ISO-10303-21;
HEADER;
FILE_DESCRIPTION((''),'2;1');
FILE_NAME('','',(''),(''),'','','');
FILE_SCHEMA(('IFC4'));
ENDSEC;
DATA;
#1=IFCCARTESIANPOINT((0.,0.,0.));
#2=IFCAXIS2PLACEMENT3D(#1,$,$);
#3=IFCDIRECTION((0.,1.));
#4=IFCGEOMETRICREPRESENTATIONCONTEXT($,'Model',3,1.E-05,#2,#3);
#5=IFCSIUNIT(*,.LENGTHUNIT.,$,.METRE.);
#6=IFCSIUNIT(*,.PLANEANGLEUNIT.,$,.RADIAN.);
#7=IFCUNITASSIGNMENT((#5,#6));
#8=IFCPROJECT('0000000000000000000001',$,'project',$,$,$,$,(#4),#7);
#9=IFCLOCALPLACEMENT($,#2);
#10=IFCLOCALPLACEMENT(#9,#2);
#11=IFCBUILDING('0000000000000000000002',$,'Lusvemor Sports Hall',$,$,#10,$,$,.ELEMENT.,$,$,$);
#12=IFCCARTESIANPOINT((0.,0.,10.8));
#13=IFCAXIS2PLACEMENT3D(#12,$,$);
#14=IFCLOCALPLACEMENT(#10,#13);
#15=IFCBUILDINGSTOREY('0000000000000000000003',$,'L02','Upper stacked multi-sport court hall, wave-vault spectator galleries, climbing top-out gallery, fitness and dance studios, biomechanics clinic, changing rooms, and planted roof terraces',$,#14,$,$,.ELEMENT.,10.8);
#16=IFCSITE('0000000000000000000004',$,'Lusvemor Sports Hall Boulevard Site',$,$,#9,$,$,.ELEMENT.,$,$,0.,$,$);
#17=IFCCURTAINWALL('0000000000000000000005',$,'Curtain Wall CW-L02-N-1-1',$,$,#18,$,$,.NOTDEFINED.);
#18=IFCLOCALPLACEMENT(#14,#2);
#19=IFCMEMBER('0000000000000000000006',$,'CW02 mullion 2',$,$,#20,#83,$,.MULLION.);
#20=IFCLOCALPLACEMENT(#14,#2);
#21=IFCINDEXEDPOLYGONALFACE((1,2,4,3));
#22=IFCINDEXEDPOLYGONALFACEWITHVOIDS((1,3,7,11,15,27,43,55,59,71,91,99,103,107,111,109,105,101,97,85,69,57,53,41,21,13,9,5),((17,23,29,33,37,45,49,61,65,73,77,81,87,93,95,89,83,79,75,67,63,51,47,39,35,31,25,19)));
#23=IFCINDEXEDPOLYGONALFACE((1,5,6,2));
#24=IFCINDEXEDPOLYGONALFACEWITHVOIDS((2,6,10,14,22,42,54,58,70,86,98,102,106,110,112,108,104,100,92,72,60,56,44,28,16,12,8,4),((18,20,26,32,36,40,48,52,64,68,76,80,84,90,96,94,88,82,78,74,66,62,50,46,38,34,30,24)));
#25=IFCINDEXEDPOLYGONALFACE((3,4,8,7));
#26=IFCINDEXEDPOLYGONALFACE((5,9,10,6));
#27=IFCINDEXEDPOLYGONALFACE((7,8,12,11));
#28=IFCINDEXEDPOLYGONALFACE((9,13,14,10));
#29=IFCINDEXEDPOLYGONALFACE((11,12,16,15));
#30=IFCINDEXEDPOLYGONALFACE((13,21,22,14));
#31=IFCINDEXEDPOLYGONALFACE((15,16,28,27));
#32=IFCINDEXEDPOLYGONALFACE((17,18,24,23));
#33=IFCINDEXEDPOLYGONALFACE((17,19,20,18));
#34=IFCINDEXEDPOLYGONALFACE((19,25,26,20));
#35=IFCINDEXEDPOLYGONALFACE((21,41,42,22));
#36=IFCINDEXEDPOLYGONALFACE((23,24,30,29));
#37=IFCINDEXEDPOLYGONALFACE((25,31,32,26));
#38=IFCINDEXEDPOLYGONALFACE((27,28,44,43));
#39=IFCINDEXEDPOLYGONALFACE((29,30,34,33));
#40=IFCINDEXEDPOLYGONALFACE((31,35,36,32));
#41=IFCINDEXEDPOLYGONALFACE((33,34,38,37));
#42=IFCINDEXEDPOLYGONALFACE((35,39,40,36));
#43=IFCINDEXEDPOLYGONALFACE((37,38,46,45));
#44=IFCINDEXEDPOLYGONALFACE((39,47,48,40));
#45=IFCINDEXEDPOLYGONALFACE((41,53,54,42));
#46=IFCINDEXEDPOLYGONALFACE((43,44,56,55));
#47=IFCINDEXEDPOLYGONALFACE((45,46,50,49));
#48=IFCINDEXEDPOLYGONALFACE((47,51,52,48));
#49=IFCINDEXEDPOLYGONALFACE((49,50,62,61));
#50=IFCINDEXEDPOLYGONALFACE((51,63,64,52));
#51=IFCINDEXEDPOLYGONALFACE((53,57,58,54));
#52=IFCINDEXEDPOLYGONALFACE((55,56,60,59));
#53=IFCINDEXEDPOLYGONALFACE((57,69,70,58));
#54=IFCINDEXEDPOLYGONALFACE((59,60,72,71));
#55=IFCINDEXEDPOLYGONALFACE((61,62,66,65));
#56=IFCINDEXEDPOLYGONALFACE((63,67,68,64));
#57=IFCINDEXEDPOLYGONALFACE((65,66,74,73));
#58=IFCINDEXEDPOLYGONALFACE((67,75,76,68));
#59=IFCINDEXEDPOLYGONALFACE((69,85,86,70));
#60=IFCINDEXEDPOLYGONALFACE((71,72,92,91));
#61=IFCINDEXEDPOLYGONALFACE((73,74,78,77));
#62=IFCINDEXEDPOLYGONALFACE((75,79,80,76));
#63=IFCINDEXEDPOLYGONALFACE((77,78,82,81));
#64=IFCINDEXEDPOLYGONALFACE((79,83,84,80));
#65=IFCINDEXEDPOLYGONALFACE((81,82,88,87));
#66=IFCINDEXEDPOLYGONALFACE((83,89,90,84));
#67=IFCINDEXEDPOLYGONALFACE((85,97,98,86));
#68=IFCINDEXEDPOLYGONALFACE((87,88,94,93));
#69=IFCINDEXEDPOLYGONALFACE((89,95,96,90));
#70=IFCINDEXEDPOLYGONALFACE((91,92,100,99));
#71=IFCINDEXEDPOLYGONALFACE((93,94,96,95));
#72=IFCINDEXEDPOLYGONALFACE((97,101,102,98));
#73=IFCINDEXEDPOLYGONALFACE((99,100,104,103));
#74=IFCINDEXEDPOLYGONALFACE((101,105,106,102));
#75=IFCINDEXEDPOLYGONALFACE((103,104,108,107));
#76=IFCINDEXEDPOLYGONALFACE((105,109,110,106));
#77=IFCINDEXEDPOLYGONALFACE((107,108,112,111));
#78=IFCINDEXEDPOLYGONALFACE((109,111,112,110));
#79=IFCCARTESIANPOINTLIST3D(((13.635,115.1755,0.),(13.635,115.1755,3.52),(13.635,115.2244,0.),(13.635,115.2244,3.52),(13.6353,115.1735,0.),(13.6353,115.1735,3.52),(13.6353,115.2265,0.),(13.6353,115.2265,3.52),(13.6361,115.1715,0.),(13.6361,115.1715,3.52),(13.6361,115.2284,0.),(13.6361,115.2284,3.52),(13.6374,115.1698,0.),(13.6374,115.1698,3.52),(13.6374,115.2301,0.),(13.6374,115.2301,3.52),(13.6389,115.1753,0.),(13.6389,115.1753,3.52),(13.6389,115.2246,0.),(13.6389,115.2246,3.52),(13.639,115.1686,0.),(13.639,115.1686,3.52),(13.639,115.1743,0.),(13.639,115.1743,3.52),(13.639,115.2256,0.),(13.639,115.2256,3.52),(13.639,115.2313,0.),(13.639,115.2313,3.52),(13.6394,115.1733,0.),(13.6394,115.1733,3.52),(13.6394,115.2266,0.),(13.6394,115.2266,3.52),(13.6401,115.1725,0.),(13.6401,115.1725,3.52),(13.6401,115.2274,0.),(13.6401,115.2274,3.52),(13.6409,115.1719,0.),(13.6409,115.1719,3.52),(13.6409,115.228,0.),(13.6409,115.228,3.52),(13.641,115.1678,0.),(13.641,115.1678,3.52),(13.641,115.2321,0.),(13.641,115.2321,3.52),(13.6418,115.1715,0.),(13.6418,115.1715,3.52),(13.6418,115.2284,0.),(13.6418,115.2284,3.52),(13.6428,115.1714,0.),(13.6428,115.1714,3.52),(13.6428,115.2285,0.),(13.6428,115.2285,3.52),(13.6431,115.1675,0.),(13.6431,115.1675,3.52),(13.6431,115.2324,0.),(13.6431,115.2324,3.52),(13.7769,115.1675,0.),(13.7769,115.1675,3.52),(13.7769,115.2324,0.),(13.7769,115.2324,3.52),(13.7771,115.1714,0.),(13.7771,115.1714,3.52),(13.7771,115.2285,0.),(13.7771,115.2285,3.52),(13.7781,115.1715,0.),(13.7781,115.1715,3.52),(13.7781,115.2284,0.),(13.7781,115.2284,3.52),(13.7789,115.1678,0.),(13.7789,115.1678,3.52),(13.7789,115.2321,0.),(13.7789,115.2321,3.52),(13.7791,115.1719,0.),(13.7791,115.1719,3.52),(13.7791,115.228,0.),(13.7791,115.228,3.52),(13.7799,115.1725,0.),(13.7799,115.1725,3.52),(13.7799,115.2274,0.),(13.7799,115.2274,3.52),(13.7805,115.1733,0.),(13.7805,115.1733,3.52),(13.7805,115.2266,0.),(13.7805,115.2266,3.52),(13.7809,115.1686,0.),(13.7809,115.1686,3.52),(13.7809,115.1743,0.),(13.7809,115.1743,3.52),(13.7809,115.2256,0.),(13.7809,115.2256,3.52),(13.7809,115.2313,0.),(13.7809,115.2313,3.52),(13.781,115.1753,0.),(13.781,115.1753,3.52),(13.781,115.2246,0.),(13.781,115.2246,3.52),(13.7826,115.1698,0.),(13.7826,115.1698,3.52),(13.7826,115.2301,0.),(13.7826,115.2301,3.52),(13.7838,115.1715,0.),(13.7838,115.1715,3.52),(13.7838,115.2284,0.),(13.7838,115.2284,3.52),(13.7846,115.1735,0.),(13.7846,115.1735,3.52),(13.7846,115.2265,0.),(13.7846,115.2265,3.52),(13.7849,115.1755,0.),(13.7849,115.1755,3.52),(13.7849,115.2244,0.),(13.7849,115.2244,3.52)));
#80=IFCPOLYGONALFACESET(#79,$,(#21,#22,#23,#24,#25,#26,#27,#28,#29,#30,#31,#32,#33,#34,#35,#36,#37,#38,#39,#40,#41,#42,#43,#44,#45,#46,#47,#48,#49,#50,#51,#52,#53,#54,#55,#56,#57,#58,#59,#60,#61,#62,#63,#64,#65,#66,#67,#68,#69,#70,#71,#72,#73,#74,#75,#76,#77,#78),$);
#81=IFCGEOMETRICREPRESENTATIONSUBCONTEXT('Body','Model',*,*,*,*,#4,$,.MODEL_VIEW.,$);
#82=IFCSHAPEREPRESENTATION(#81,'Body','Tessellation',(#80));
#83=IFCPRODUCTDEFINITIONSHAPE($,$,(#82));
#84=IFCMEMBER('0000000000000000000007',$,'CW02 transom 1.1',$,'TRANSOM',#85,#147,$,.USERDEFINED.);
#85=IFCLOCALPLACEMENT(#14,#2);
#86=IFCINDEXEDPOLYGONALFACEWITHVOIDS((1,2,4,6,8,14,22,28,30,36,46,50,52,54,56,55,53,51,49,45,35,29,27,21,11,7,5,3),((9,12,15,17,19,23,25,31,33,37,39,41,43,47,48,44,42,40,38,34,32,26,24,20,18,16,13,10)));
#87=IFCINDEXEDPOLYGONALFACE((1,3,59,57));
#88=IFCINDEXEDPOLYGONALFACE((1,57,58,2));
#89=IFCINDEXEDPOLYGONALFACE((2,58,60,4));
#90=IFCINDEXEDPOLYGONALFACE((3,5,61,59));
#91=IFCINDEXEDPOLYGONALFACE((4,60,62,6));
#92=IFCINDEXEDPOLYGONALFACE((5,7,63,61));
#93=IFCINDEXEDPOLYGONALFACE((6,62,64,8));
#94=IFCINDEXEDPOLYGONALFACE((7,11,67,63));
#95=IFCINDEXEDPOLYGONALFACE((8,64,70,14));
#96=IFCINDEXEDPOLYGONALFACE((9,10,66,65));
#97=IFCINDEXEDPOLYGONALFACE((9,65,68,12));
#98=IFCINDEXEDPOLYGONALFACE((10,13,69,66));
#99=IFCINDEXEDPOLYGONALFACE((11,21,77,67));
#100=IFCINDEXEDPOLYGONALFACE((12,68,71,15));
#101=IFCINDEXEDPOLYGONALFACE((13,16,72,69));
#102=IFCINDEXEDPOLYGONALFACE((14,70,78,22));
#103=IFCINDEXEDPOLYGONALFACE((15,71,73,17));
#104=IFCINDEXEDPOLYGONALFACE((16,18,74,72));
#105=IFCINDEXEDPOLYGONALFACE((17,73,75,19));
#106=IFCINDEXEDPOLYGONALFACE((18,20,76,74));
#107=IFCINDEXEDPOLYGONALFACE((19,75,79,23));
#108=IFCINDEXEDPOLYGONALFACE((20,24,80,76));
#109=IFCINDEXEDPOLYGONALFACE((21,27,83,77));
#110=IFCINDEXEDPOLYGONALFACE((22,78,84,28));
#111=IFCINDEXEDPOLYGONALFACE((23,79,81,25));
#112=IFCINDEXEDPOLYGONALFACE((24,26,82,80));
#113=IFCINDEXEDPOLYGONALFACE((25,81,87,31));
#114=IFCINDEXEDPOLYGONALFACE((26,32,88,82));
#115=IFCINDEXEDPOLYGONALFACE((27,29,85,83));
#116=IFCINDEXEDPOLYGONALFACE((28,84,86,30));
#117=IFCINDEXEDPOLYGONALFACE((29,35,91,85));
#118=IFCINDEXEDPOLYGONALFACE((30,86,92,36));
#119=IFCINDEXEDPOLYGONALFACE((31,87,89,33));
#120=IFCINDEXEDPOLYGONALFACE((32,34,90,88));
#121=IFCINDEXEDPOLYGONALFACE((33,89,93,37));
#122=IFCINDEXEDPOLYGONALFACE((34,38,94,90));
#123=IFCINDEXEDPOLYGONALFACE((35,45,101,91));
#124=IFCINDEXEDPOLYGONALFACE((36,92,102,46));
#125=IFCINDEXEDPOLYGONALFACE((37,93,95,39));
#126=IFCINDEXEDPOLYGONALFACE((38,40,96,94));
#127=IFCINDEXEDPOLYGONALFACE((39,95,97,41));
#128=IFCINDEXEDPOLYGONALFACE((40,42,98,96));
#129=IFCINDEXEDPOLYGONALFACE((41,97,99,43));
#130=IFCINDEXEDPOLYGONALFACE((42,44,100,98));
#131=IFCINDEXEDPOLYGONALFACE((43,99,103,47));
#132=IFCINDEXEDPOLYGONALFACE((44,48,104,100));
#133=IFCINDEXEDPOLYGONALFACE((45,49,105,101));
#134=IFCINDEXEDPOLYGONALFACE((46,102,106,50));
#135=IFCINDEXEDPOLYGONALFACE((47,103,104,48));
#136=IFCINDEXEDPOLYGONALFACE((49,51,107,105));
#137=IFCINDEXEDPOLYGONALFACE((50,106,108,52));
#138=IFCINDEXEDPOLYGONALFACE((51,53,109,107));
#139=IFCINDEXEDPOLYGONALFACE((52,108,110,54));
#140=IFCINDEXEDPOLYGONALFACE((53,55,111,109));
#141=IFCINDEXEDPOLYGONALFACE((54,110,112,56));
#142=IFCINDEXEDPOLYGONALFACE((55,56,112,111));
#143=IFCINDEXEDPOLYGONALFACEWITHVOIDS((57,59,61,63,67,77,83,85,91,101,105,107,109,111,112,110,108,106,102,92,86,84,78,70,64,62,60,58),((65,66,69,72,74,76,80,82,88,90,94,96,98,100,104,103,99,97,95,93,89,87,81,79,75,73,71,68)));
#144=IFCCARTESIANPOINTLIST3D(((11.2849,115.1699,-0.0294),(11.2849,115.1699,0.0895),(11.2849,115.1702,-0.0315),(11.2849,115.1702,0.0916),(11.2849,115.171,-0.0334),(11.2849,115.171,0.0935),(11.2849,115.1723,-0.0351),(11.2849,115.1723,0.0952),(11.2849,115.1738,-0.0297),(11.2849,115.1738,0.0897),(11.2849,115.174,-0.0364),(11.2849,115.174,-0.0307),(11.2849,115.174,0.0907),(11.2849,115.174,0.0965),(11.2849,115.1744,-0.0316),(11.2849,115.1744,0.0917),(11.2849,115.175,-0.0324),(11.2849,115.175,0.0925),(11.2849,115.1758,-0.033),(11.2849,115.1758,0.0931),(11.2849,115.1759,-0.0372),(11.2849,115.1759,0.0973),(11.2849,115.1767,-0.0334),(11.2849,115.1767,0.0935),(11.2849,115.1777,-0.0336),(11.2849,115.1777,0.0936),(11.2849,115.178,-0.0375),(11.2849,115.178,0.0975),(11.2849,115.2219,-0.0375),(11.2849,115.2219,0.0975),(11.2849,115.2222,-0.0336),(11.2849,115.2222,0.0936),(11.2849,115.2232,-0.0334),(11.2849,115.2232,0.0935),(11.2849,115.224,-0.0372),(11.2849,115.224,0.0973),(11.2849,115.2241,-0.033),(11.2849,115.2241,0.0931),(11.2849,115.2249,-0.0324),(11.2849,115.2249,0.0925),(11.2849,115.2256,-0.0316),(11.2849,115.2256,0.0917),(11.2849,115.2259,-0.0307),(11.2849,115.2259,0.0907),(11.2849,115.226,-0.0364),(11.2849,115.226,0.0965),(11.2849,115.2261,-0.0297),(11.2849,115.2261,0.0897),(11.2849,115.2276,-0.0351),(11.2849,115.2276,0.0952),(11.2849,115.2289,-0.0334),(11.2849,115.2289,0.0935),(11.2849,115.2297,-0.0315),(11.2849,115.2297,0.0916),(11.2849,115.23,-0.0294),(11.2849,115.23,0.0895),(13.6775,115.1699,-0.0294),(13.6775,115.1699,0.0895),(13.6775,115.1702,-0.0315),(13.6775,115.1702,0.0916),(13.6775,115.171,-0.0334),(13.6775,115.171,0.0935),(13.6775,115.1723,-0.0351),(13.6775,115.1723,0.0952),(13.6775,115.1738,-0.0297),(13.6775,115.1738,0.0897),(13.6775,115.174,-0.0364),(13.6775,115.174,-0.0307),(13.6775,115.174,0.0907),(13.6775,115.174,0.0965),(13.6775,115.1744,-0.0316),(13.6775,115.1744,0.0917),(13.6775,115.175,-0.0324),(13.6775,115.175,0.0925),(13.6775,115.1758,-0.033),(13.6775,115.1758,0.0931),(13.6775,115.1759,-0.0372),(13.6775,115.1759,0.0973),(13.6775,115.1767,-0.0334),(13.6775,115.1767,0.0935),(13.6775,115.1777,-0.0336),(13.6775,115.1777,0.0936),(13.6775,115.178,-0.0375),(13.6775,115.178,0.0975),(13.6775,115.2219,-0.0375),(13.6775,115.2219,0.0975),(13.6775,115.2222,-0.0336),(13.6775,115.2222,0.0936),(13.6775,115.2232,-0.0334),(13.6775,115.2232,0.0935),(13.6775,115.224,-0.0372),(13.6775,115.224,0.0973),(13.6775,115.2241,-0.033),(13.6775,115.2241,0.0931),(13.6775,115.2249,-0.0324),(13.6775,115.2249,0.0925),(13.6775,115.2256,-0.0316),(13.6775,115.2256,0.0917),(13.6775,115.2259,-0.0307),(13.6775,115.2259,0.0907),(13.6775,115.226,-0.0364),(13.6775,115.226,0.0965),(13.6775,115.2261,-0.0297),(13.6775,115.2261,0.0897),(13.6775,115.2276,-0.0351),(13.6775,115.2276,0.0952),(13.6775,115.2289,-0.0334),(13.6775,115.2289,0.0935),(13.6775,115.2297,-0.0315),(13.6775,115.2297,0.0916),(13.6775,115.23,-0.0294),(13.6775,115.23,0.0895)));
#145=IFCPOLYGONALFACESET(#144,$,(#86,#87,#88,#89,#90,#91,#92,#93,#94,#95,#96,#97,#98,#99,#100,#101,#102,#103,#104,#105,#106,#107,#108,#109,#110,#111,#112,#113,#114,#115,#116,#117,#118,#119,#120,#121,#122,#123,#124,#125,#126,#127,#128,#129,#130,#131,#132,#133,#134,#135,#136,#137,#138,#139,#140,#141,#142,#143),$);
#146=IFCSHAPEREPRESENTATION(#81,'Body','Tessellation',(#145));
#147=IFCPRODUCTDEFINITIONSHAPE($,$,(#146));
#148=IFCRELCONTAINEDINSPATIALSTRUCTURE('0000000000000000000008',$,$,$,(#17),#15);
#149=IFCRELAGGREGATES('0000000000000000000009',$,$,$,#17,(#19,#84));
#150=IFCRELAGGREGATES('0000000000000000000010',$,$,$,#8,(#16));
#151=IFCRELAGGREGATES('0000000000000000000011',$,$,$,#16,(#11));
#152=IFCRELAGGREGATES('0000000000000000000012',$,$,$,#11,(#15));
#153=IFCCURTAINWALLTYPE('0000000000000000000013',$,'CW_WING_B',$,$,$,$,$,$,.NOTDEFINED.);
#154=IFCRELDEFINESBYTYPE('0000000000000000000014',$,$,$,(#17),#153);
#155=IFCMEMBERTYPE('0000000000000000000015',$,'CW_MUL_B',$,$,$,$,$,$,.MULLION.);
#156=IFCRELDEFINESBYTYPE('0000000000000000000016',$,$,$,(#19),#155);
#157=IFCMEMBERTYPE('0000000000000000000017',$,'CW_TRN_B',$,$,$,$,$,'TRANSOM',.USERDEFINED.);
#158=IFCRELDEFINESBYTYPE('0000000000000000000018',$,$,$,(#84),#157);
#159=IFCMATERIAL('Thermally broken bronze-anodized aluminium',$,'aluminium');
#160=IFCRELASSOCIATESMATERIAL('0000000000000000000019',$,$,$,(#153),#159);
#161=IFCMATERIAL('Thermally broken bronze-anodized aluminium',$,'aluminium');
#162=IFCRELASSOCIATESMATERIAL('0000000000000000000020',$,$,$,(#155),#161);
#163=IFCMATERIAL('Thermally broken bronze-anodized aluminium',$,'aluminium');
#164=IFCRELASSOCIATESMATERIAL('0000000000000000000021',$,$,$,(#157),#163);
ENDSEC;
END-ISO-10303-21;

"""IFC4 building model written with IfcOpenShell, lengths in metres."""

from ifc_helpers import new_model, si_unit, direction, frame, origin, origin_2d, place, context, subcontext, project, spatial, hollow_rectangle, extrude, material, material_profile, profile_set, type_object, element, aggregate, save


model = new_model("IFC4")

# Units and contexts
model_context = context("Model", 3, precision=1e-05, world=origin(), true_north=direction((0.0, 1.0)))
body_context = subcontext(model_context, "Body", "Model", "MODEL_VIEW")
ifc_project = project(units=[si_unit("LENGTHUNIT", "METRE"), si_unit("PLANEANGLEUNIT", "RADIAN")], contexts=[model_context])

# Site, building, storey
site_placement = place(None, origin())
site = spatial("IfcSite", under=ifc_project, at=site_placement, Name="Lusvemor Sports Hall Boulevard Site", CompositionType="ELEMENT", RefElevation=0.0)
building_placement = place(site_placement, origin())
building = spatial("IfcBuilding", under=site, at=building_placement, Name="Lusvemor Sports Hall", CompositionType="ELEMENT")
storey_placement = place(building_placement, frame((0.0, 0.0, 10.8)))
storey = spatial("IfcBuildingStorey", under=building, at=storey_placement, Name="L02", Description="Upper stacked multi-sport court hall, wave-vault spectator galleries, climbing top-out gallery, fitness and dance studios, biomechanics clinic, changing rooms, and planted roof terraces", CompositionType="ELEMENT", Elevation=10.8)

# Curtain wall, members
ifc_material_1 = material(Name="Thermally broken bronze-anodized aluminium", Category="aluminium")
curtain_wall_type = type_object("IfcCurtainWallType", Name="CW_WING_B", PredefinedType="NOTDEFINED", material=ifc_material_1)
curtain_wall_placement = place(storey_placement, origin())
curtain_wall = element("IfcCurtainWall", 1, at=curtain_wall_placement, inside=storey, type_object=curtain_wall_type, Name="Curtain Wall CW-L02-N-1-1", PredefinedType="NOTDEFINED")
ifc_material_2 = material(Name="Thermally broken bronze-anodized aluminium", Category="aluminium")
ifc_material_profile_1 = material_profile(ifc_material_2, hollow_rectangle(XDim=0.0649, YDim=0.1499, WallThickness=0.0039, InnerFilletRadius=0.0039, OuterFilletRadius=0.0081, at=origin_2d()), Name="CWMUL150x65x4")
ifc_profile_set_1 = profile_set([ifc_material_profile_1], Name="Thermally broken bronze-anodized aluminium")
member_type_1 = type_object("IfcMemberType", Name="CW_MUL_B", PredefinedType="MULLION", material=ifc_profile_set_1)
member_1_placement = place(storey_placement, frame((13.71, 115.2, 0.0), z_axis=(0.0, 0.0, 1.0), x_axis=(0.0, 1.0, 0.0)))
member_1 = element("IfcMember", 2, at=member_1_placement, type_object=member_type_1, Name="CW02 mullion 2", PredefinedType="MULLION", context=body_context, shape_type="SweptSolid", body=[
    extrude(hollow_rectangle(XDim=0.0649, YDim=0.1499, WallThickness=0.0039, InnerFilletRadius=0.0039, OuterFilletRadius=0.0081, at=origin_2d()), origin(), (0.0, 0.0, 1.0), 3.52),
])
ifc_material_3 = material(Name="Thermally broken bronze-anodized aluminium", Category="aluminium")
ifc_material_profile_2 = material_profile(ifc_material_3, hollow_rectangle(XDim=0.0601, YDim=0.135, WallThickness=0.0039, InnerFilletRadius=0.0039, OuterFilletRadius=0.0081, at=origin_2d()), Name="CWTRN135x60x4")
ifc_profile_set_2 = profile_set([ifc_material_profile_2], Name="Thermally broken bronze-anodized aluminium")
member_type_2 = type_object("IfcMemberType", Name="CW_TRN_B", ElementType="TRANSOM", PredefinedType="USERDEFINED", material=ifc_profile_set_2)
member_2_placement = place(storey_placement, frame((11.2849, 115.2, 0.03), z_axis=(1.0, 0.0, 0.0), x_axis=(0.0, 1.0, 0.0)))
member_2 = element("IfcMember", 3, at=member_2_placement, type_object=member_type_2, Name="CW02 transom 1.1", ObjectType="TRANSOM", PredefinedType="USERDEFINED", context=body_context, shape_type="SweptSolid", body=[
    extrude(hollow_rectangle(XDim=0.0601, YDim=0.135, WallThickness=0.0039, InnerFilletRadius=0.0039, OuterFilletRadius=0.0081, at=origin_2d()), origin(), (0.0, 0.0, 1.0), 2.3926),
])

aggregate(curtain_wall, [member_1, member_2])

save(model, "model.ifc")
